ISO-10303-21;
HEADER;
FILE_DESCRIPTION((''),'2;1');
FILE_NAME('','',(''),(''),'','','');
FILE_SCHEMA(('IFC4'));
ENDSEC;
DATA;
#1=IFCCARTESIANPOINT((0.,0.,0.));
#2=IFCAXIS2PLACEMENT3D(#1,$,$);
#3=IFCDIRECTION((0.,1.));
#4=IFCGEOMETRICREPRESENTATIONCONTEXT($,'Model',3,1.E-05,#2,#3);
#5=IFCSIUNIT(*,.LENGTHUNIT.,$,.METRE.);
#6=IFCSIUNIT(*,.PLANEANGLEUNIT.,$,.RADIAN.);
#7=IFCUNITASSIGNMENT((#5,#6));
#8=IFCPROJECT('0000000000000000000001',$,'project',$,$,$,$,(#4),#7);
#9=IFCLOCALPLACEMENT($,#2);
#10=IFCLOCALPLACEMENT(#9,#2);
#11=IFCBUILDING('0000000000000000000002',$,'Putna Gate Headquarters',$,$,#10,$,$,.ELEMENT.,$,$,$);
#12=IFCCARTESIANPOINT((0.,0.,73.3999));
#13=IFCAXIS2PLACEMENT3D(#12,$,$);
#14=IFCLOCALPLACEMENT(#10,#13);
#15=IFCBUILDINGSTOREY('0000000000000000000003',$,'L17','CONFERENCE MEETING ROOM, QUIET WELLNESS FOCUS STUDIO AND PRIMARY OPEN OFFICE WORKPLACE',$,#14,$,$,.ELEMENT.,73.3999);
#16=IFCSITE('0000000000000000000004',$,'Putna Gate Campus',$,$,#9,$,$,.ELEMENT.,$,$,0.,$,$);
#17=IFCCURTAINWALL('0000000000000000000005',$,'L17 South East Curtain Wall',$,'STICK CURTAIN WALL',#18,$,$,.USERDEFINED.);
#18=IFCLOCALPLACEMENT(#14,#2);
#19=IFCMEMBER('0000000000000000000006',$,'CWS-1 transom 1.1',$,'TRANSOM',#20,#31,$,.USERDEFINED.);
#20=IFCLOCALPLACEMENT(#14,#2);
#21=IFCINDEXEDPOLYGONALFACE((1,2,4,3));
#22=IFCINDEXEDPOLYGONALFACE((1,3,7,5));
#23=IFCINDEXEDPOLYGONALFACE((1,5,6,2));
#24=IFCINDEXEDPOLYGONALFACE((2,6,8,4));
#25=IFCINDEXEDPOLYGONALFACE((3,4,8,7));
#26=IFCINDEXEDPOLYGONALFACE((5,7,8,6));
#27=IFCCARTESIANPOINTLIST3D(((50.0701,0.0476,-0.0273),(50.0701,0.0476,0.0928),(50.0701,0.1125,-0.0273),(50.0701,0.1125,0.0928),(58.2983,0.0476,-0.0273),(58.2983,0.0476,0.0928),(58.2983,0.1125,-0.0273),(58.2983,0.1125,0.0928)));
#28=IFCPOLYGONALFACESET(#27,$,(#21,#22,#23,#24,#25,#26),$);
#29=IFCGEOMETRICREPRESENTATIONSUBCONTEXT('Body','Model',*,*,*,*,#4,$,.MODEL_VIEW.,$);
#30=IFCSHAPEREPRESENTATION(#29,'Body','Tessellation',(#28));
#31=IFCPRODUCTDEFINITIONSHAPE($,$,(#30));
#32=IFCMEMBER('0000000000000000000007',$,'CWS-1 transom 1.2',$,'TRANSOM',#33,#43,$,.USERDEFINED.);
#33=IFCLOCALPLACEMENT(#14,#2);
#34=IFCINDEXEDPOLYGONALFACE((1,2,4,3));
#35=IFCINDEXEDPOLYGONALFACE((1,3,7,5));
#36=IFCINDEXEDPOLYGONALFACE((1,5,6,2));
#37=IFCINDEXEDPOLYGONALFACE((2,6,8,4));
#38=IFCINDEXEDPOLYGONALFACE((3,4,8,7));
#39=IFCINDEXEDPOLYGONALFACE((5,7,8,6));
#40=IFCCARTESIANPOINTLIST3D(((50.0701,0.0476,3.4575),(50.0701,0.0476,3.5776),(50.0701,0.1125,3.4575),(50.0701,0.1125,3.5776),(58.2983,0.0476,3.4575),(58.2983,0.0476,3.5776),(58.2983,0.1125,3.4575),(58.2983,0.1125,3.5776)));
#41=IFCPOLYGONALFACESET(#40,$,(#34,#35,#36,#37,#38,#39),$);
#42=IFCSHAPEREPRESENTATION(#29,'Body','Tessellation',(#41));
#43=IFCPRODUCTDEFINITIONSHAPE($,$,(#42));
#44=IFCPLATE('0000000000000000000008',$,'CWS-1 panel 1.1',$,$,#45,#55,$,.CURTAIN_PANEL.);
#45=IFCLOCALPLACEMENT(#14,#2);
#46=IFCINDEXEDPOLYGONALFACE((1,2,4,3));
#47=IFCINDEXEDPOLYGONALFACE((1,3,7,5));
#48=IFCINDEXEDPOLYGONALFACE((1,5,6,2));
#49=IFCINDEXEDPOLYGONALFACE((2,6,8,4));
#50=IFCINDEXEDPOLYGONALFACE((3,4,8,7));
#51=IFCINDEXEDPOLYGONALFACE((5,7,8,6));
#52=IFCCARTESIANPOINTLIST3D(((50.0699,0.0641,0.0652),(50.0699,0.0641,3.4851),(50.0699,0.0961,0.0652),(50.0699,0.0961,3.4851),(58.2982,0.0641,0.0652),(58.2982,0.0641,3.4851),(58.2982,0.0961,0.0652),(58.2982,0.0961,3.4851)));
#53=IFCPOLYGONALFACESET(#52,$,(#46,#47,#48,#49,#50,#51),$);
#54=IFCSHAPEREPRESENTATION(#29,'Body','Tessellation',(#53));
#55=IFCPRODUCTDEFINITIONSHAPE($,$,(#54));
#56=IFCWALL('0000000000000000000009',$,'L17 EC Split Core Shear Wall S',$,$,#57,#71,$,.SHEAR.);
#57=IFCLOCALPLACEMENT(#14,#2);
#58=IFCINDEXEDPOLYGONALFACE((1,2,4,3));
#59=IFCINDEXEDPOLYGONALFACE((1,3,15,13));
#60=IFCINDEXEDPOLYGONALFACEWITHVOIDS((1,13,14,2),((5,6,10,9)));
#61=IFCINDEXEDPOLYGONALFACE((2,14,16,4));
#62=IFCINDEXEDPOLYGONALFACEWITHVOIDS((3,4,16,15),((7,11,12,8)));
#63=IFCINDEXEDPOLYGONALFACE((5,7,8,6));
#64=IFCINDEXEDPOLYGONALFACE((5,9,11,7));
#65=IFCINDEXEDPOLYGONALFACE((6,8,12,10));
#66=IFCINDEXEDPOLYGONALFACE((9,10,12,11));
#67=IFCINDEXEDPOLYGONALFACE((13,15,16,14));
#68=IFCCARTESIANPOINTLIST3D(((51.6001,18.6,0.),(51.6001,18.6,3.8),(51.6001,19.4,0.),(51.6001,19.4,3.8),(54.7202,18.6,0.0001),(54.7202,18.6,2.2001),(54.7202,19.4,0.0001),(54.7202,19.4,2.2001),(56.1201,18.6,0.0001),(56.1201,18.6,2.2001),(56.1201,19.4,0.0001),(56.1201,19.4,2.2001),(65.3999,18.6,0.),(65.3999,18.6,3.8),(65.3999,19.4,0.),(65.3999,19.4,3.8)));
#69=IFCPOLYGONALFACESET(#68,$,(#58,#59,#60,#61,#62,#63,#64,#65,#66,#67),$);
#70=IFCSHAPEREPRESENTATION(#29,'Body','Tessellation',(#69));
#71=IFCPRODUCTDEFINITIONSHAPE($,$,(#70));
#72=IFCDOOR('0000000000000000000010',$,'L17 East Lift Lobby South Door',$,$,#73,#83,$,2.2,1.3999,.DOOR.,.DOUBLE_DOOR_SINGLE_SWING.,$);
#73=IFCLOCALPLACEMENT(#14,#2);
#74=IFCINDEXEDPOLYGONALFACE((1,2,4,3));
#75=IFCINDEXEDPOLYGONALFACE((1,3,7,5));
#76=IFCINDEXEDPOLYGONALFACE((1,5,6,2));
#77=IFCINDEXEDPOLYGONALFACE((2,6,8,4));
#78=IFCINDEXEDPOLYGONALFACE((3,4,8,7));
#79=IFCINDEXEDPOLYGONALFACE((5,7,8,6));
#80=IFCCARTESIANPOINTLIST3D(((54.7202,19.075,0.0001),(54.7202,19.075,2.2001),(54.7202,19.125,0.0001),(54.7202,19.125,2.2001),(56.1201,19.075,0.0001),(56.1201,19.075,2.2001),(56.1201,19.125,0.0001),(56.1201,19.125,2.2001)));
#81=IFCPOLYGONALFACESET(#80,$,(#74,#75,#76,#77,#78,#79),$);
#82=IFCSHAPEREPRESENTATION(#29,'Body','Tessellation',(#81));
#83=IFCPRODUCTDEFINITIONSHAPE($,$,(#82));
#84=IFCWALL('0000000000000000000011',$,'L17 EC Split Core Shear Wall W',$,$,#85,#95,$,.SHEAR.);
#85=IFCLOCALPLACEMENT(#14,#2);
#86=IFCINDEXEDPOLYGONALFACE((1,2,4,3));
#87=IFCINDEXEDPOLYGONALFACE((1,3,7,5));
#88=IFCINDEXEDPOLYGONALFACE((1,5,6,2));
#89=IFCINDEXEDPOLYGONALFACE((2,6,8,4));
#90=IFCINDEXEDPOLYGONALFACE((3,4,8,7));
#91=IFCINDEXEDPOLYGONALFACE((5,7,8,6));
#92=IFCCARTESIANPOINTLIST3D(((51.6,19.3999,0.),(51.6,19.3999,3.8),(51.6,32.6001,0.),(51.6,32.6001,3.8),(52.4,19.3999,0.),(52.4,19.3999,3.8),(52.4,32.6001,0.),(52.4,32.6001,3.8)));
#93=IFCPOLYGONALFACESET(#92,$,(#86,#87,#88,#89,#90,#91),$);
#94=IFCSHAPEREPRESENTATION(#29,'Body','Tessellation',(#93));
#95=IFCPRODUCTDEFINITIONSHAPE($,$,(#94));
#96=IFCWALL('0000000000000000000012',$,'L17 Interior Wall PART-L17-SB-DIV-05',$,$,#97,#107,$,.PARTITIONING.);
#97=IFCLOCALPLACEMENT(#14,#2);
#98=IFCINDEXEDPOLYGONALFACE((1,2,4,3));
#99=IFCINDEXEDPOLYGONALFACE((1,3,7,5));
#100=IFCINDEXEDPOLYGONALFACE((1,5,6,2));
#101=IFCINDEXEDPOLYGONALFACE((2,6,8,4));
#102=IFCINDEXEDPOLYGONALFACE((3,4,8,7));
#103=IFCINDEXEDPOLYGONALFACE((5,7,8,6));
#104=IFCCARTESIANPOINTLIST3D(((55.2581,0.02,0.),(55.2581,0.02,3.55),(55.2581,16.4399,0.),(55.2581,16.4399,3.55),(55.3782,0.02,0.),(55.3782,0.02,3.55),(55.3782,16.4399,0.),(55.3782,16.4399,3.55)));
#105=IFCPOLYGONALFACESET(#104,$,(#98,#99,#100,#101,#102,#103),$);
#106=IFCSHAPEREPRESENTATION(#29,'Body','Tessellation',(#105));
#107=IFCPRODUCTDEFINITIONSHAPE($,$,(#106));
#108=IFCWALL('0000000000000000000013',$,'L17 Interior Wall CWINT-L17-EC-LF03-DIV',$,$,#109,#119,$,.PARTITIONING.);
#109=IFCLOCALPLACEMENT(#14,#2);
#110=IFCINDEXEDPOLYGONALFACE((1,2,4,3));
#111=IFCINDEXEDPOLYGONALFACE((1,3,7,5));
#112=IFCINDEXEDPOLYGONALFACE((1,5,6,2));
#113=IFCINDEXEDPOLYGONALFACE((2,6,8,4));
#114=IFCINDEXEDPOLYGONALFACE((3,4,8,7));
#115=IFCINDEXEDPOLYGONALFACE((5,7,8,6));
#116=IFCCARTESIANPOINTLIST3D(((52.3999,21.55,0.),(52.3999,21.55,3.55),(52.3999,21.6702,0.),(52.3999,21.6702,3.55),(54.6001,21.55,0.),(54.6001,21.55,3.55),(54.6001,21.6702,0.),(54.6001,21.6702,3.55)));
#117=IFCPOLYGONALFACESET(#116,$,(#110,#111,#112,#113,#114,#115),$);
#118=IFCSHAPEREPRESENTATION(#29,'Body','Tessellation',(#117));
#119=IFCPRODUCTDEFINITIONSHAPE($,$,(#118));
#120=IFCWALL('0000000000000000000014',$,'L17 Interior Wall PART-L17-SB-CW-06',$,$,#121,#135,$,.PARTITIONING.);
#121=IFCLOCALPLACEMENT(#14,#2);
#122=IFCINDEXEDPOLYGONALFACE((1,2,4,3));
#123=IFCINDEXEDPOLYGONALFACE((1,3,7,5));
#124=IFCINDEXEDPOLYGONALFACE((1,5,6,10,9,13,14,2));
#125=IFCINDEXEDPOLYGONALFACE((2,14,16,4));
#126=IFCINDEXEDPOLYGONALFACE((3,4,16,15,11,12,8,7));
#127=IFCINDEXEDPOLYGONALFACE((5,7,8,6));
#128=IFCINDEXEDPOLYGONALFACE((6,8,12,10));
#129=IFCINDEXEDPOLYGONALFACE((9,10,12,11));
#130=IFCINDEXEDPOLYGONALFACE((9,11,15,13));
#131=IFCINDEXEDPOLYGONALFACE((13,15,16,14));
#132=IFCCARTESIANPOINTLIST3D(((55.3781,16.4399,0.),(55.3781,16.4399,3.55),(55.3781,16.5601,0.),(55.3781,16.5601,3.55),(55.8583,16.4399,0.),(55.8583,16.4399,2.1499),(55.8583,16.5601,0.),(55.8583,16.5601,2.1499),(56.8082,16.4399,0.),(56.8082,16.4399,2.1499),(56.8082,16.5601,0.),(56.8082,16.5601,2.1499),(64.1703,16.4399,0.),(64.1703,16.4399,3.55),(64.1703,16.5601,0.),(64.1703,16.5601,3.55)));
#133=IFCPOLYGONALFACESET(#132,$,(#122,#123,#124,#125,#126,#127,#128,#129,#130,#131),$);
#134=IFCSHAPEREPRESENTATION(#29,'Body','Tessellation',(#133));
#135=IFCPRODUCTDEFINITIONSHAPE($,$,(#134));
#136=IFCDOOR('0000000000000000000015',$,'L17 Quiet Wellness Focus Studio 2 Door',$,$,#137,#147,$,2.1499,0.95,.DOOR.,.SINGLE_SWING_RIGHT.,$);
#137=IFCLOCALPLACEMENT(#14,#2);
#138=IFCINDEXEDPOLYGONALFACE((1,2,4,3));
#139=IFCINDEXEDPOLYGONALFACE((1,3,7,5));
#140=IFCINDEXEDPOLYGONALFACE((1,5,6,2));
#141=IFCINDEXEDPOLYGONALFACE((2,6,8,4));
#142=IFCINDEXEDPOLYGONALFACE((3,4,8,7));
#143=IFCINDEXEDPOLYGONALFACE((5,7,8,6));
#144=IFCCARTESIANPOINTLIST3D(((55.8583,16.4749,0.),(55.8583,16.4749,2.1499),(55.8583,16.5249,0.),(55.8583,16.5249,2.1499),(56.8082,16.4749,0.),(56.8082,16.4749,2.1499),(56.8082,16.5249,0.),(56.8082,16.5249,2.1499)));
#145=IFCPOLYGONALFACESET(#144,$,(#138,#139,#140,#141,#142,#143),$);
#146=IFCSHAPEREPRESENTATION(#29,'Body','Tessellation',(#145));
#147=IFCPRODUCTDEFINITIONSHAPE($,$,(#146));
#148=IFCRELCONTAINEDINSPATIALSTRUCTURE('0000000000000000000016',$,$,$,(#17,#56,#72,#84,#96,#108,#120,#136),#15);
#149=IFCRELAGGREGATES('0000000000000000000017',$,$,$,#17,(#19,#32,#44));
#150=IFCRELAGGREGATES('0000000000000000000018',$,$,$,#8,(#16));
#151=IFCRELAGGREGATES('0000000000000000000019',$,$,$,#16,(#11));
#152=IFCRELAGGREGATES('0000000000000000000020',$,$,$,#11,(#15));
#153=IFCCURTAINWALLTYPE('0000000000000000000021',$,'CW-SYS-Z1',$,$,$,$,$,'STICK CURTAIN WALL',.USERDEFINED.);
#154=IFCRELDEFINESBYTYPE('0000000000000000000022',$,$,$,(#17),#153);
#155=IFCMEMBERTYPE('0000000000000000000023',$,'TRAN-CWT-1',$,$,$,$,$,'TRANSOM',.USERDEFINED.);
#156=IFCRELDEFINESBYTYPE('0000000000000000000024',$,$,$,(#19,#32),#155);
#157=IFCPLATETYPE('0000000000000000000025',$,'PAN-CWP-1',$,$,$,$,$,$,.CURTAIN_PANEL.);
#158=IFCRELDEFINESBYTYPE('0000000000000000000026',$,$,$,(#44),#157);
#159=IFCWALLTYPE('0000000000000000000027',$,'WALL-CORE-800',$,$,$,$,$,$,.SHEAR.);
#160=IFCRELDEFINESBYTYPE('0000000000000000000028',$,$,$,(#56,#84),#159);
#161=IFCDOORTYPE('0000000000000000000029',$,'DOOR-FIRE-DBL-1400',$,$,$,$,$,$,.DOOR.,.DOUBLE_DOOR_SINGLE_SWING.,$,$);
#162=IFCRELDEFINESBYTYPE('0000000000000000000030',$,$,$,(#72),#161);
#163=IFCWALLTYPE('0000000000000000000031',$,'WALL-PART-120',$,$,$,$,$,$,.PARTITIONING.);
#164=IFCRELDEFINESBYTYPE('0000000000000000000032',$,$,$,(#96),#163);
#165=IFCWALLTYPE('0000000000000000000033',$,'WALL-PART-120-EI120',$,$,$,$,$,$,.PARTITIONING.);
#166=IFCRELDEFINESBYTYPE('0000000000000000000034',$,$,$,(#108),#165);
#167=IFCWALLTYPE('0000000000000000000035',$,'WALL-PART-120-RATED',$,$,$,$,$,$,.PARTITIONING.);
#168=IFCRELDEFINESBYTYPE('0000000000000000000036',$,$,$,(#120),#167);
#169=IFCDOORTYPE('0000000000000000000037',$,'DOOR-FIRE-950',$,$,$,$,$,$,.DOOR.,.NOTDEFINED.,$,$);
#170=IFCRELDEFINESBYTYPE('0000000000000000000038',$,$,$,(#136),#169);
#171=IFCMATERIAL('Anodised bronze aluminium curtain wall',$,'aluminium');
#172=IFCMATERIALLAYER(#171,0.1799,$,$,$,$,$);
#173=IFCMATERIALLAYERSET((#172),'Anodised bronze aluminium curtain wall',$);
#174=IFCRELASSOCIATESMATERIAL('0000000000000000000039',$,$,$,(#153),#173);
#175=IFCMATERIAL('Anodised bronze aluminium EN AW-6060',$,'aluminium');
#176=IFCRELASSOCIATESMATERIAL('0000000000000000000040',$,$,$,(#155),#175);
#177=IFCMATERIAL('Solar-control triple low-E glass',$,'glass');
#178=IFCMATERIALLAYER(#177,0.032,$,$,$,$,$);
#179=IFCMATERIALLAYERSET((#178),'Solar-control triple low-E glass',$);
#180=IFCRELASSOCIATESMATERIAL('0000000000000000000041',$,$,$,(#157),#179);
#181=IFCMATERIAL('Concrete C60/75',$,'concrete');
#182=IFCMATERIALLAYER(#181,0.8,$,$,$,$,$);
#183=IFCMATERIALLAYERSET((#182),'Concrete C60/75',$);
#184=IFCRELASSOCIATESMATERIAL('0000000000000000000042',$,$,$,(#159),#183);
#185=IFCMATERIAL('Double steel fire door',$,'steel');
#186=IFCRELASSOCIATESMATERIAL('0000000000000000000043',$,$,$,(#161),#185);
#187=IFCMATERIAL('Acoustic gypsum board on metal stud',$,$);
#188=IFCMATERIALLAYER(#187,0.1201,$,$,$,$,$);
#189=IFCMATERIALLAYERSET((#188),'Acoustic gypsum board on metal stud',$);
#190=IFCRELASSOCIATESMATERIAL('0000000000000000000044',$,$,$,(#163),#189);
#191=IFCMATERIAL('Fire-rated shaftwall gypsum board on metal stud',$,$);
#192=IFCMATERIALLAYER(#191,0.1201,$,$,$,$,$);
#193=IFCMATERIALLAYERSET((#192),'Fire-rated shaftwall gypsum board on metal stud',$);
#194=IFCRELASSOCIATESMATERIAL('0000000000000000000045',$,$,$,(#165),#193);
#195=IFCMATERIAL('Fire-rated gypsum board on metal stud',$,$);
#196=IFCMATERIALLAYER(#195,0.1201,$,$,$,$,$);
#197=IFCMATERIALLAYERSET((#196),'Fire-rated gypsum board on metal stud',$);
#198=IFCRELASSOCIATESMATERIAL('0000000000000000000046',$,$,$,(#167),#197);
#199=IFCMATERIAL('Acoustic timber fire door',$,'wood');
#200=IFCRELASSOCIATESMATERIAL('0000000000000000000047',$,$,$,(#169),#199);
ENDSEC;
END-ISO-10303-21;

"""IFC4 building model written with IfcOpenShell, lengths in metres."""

from ifc_helpers import new_model, si_unit, direction, frame, frame_2d, origin, origin_2d, place, context, subcontext, project, spatial, rectangle, extrude, material, layer, layer_set, material_profile, profile_set, type_object, element, fill, aggregate, save


model = new_model("IFC4")

# Units and contexts
model_context = context("Model", 3, precision=1e-05, world=origin(), true_north=direction((0.0, 1.0)))
body_context = subcontext(model_context, "Body", "Model", "MODEL_VIEW")
ifc_project = project(units=[si_unit("LENGTHUNIT", "METRE"), si_unit("PLANEANGLEUNIT", "RADIAN")], contexts=[model_context])

# Site, building, storey
site_placement = place(None, origin())
site = spatial("IfcSite", under=ifc_project, at=site_placement, Name="Putna Gate Campus", CompositionType="ELEMENT", RefElevation=0.0)
building_placement = place(site_placement, origin())
building = spatial("IfcBuilding", under=site, at=building_placement, Name="Putna Gate Headquarters", CompositionType="ELEMENT")
storey_placement = place(building_placement, frame((0.0, 0.0, 73.3999)))
storey = spatial("IfcBuildingStorey", under=building, at=storey_placement, Name="L17", Description="CONFERENCE MEETING ROOM, QUIET WELLNESS FOCUS STUDIO AND PRIMARY OPEN OFFICE WORKPLACE", CompositionType="ELEMENT", Elevation=73.3999)

# Shared definitions
ifc_material_1 = material(Name="Concrete C60/75", Category="concrete")

# Curtain wall
ifc_material_2 = material(Name="Anodised bronze aluminium curtain wall", Category="aluminium")
ifc_layer_1 = layer(ifc_material_2, 0.1799)
ifc_layer_set_1 = layer_set([ifc_layer_1], Name="Anodised bronze aluminium curtain wall")
curtain_wall_type_1 = type_object("IfcCurtainWallType", Name="CW-SYS-Z1", ElementType="STICK CURTAIN WALL", PredefinedType="USERDEFINED", material=ifc_layer_set_1)
curtain_wall_1_placement = place(storey_placement, origin())
curtain_wall_1 = element("IfcCurtainWall", 1, at=curtain_wall_1_placement, inside=storey, type_object=curtain_wall_type_1, Name="L17 South East Curtain Wall", ObjectType="STICK CURTAIN WALL", PredefinedType="USERDEFINED")
ifc_material_3 = material(Name="Anodised bronze aluminium EN AW-6060", Category="aluminium")

# Members
ifc_material_profile_1 = material_profile(ifc_material_3, rectangle(XDim=0.0649, YDim=0.1201, at=origin_2d()), Name="Anodised bronze aluminium EN AW-6060")
ifc_profile_set_1 = profile_set([ifc_material_profile_1], Name="Anodised bronze aluminium EN AW-6060")
member_type_1 = type_object("IfcMemberType", Name="TRAN-CWT-1", ElementType="TRANSOM", PredefinedType="USERDEFINED", material=ifc_profile_set_1)
member_1_placement = place(storey_placement, frame((50.0701, 0.0801, 0.0327), z_axis=(1.0, 0.0, 0.0), x_axis=(0.0, 1.0, 0.0)))
member_1 = element("IfcMember", 2, at=member_1_placement, type_object=member_type_1, Name="CWS-1 transom 1.1", ObjectType="TRANSOM", PredefinedType="USERDEFINED", context=body_context, shape_type="SweptSolid", body=[
    extrude(rectangle(XDim=0.0649, YDim=0.1201, at=origin_2d()), origin(), (0.0, 0.0, 1.0), 8.2283),
])
member_2_placement = place(storey_placement, frame((50.0701, 0.0801, 3.5176), z_axis=(1.0, 0.0, 0.0), x_axis=(0.0, 1.0, 0.0)))
member_2 = element("IfcMember", 3, at=member_2_placement, type_object=member_type_1, Name="CWS-1 transom 1.2", ObjectType="TRANSOM", PredefinedType="USERDEFINED", context=body_context, shape_type="SweptSolid", body=[
    extrude(rectangle(XDim=0.0649, YDim=0.1201, at=origin_2d()), origin(), (0.0, 0.0, 1.0), 8.2283),
])

# Plate
ifc_material_4 = material(Name="Solar-control triple low-E glass", Category="glass")
ifc_layer_2 = layer(ifc_material_4, 0.032)
ifc_layer_set_2 = layer_set([ifc_layer_2], Name="Solar-control triple low-E glass")
plate_type = type_object("IfcPlateType", Name="PAN-CWP-1", PredefinedType="CURTAIN_PANEL", material=ifc_layer_set_2)
plate_placement = place(storey_placement, frame((54.1841, 0.0801, 0.0652), z_axis=(0.0, 0.0, 1.0), x_axis=(1.0, 0.0, 0.0)))
plate = element("IfcPlate", 4, at=plate_placement, type_object=plate_type, Name="CWS-1 panel 1.1", PredefinedType="CURTAIN_PANEL", context=body_context, shape_type="SweptSolid", body=[
    extrude(rectangle(XDim=8.2283, YDim=0.032, at=origin_2d()), origin(), (0.0, 0.0, 1.0), 3.4199),
])
aggregate(curtain_wall_1, [member_1, member_2, plate])

# Wall, opening, door
ifc_layer_3 = layer(ifc_material_1, 0.8)
ifc_layer_set_3 = layer_set([ifc_layer_3], Name="Concrete C60/75")
wall_type_1 = type_object("IfcWallType", Name="WALL-CORE-800", PredefinedType="SHEAR", material=ifc_layer_set_3)
wall_1_placement = place(storey_placement, frame((51.6001, 19.0, 0.0), z_axis=(0.0, 0.0, 1.0), x_axis=(1.0, 0.0, 0.0)))
wall_1 = element("IfcWall", 5, at=wall_1_placement, inside=storey, type_object=wall_type_1, Name="L17 EC Split Core Shear Wall S", PredefinedType="SHEAR", context=body_context, shape_type="SweptSolid", body=[
    extrude(rectangle(XDim=13.7998, YDim=0.8, at=frame_2d((6.8999, 0.0))), origin(), (0.0, 0.0, 1.0), 3.8),
])
opening_1_placement = place(wall_1_placement, frame((3.1201, 0.0, 0.0)))
opening_1 = element("IfcOpeningElement", 6, at=opening_1_placement, cuts=wall_1, PredefinedType="OPENING", context=body_context, shape_type="SweptSolid", body=[
    extrude(rectangle(XDim=1.3999, YDim=2.2, at=frame_2d((0.7, 1.1001))), frame((0.0, 0.4099, 0.0), z_axis=(0.0, -1.0, 0.0), x_axis=(1.0, 0.0, 0.0)), (0.0, 0.0, 1.0), 0.8201),
])
ifc_material_5 = material(Name="Double steel fire door", Category="steel")
door_type_1 = type_object("IfcDoorType", Name="DOOR-FIRE-DBL-1400", OperationType="DOUBLE_DOOR_SINGLE_SWING", PredefinedType="DOOR", material=ifc_material_5)
door_1_placement = place(opening_1_placement, origin())
door_1 = element("IfcDoor", 7, at=door_1_placement, inside=storey, type_object=door_type_1, Name="L17 East Lift Lobby South Door", OperationType="DOUBLE_DOOR_SINGLE_SWING", OverallHeight=2.2, OverallWidth=1.3999, PredefinedType="DOOR", context=body_context, shape_type="SweptSolid", body=[
    extrude(rectangle(XDim=1.3999, YDim=2.2, at=frame_2d((0.7, 1.1001))), frame((0.0, 0.125, 0.0), z_axis=(0.0, -1.0, 0.0), x_axis=(1.0, 0.0, 0.0)), (0.0, 0.0, 1.0), 0.05),
])
fill(opening_1, door_1)

# Walls
wall_2_placement = place(storey_placement, frame((52.0, 19.3999, 0.0), z_axis=(0.0, 0.0, 1.0), x_axis=(0.0, 1.0, 0.0)))
element("IfcWall", 8, at=wall_2_placement, inside=storey, type_object=wall_type_1, Name="L17 EC Split Core Shear Wall W", PredefinedType="SHEAR", context=body_context, shape_type="SweptSolid", body=[
    extrude(rectangle(XDim=13.2002, YDim=0.8, at=frame_2d((6.6001, 0.0))), origin(), (0.0, 0.0, 1.0), 3.8),
])
ifc_material_6 = material(Name="Acoustic gypsum board on metal stud")
ifc_layer_4 = layer(ifc_material_6, 0.1201)
ifc_layer_set_4 = layer_set([ifc_layer_4], Name="Acoustic gypsum board on metal stud")
wall_type_2 = type_object("IfcWallType", Name="WALL-PART-120", PredefinedType="PARTITIONING", material=ifc_layer_set_4)
wall_3_placement = place(storey_placement, frame((55.3181, 0.02, 0.0), z_axis=(0.0, 0.0, 1.0), x_axis=(0.0, 1.0, 0.0)))
element("IfcWall", 9, at=wall_3_placement, inside=storey, type_object=wall_type_2, Name="L17 Interior Wall PART-L17-SB-DIV-05", PredefinedType="PARTITIONING", context=body_context, shape_type="SweptSolid", body=[
    extrude(rectangle(XDim=16.4199, YDim=0.1201, at=frame_2d((8.21, 0.0))), origin(), (0.0, 0.0, 1.0), 3.55),
])
ifc_material_7 = material(Name="Fire-rated shaftwall gypsum board on metal stud")
ifc_layer_5 = layer(ifc_material_7, 0.1201)
ifc_layer_set_5 = layer_set([ifc_layer_5], Name="Fire-rated shaftwall gypsum board on metal stud")
wall_type_3 = type_object("IfcWallType", Name="WALL-PART-120-EI120", PredefinedType="PARTITIONING", material=ifc_layer_set_5)
wall_4_placement = place(storey_placement, frame((52.3999, 21.6101, 0.0), z_axis=(0.0, 0.0, 1.0), x_axis=(1.0, 0.0, 0.0)))
element("IfcWall", 10, at=wall_4_placement, inside=storey, type_object=wall_type_3, Name="L17 Interior Wall CWINT-L17-EC-LF03-DIV", PredefinedType="PARTITIONING", context=body_context, shape_type="SweptSolid", body=[
    extrude(rectangle(XDim=2.2002, YDim=0.1201, at=frame_2d((1.1001, 0.0))), origin(), (0.0, 0.0, 1.0), 3.55),
])

# Wall, opening, door
ifc_material_8 = material(Name="Fire-rated gypsum board on metal stud")
ifc_layer_6 = layer(ifc_material_8, 0.1201)
ifc_layer_set_6 = layer_set([ifc_layer_6], Name="Fire-rated gypsum board on metal stud")
wall_type_4 = type_object("IfcWallType", Name="WALL-PART-120-RATED", PredefinedType="PARTITIONING", material=ifc_layer_set_6)
wall_5_placement = place(storey_placement, frame((55.3782, 16.5, 0.0), z_axis=(0.0, 0.0, 1.0), x_axis=(1.0, 0.0, 0.0)))
wall_5 = element("IfcWall", 11, at=wall_5_placement, inside=storey, type_object=wall_type_4, Name="L17 Interior Wall PART-L17-SB-CW-06", PredefinedType="PARTITIONING", context=body_context, shape_type="SweptSolid", body=[
    extrude(rectangle(XDim=8.7922, YDim=0.1201, at=frame_2d((4.396, 0.0))), origin(), (0.0, 0.0, 1.0), 3.55),
])
opening_2_placement = place(wall_5_placement, frame((0.48, 0.0, 0.0)))
opening_2 = element("IfcOpeningElement", 12, at=opening_2_placement, cuts=wall_5, PredefinedType="OPENING", context=body_context, shape_type="SweptSolid", body=[
    extrude(rectangle(XDim=0.95, YDim=2.1499, at=frame_2d((0.4751, 1.075))), frame((0.0, 0.0701, 0.0), z_axis=(0.0, -1.0, 0.0), x_axis=(1.0, 0.0, 0.0)), (0.0, 0.0, 1.0), 0.1401),
])
ifc_material_9 = material(Name="Acoustic timber fire door", Category="wood")
door_type_2 = type_object("IfcDoorType", Name="DOOR-FIRE-950", OperationType="NOTDEFINED", PredefinedType="DOOR", material=ifc_material_9)
door_2_placement = place(opening_2_placement, origin())
door_2 = element("IfcDoor", 13, at=door_2_placement, inside=storey, type_object=door_type_2, Name="L17 Quiet Wellness Focus Studio 2 Door", OperationType="SINGLE_SWING_RIGHT", OverallHeight=2.1499, OverallWidth=0.95, PredefinedType="DOOR", context=body_context, shape_type="SweptSolid", body=[
    extrude(rectangle(XDim=0.95, YDim=2.1499, at=frame_2d((0.4751, 1.075))), frame((0.0, 0.0249, 0.0), z_axis=(0.0, -1.0, 0.0), x_axis=(1.0, 0.0, 0.0)), (0.0, 0.0, 1.0), 0.05),
])
fill(opening_2, door_2)

save(model, "model.ifc")
